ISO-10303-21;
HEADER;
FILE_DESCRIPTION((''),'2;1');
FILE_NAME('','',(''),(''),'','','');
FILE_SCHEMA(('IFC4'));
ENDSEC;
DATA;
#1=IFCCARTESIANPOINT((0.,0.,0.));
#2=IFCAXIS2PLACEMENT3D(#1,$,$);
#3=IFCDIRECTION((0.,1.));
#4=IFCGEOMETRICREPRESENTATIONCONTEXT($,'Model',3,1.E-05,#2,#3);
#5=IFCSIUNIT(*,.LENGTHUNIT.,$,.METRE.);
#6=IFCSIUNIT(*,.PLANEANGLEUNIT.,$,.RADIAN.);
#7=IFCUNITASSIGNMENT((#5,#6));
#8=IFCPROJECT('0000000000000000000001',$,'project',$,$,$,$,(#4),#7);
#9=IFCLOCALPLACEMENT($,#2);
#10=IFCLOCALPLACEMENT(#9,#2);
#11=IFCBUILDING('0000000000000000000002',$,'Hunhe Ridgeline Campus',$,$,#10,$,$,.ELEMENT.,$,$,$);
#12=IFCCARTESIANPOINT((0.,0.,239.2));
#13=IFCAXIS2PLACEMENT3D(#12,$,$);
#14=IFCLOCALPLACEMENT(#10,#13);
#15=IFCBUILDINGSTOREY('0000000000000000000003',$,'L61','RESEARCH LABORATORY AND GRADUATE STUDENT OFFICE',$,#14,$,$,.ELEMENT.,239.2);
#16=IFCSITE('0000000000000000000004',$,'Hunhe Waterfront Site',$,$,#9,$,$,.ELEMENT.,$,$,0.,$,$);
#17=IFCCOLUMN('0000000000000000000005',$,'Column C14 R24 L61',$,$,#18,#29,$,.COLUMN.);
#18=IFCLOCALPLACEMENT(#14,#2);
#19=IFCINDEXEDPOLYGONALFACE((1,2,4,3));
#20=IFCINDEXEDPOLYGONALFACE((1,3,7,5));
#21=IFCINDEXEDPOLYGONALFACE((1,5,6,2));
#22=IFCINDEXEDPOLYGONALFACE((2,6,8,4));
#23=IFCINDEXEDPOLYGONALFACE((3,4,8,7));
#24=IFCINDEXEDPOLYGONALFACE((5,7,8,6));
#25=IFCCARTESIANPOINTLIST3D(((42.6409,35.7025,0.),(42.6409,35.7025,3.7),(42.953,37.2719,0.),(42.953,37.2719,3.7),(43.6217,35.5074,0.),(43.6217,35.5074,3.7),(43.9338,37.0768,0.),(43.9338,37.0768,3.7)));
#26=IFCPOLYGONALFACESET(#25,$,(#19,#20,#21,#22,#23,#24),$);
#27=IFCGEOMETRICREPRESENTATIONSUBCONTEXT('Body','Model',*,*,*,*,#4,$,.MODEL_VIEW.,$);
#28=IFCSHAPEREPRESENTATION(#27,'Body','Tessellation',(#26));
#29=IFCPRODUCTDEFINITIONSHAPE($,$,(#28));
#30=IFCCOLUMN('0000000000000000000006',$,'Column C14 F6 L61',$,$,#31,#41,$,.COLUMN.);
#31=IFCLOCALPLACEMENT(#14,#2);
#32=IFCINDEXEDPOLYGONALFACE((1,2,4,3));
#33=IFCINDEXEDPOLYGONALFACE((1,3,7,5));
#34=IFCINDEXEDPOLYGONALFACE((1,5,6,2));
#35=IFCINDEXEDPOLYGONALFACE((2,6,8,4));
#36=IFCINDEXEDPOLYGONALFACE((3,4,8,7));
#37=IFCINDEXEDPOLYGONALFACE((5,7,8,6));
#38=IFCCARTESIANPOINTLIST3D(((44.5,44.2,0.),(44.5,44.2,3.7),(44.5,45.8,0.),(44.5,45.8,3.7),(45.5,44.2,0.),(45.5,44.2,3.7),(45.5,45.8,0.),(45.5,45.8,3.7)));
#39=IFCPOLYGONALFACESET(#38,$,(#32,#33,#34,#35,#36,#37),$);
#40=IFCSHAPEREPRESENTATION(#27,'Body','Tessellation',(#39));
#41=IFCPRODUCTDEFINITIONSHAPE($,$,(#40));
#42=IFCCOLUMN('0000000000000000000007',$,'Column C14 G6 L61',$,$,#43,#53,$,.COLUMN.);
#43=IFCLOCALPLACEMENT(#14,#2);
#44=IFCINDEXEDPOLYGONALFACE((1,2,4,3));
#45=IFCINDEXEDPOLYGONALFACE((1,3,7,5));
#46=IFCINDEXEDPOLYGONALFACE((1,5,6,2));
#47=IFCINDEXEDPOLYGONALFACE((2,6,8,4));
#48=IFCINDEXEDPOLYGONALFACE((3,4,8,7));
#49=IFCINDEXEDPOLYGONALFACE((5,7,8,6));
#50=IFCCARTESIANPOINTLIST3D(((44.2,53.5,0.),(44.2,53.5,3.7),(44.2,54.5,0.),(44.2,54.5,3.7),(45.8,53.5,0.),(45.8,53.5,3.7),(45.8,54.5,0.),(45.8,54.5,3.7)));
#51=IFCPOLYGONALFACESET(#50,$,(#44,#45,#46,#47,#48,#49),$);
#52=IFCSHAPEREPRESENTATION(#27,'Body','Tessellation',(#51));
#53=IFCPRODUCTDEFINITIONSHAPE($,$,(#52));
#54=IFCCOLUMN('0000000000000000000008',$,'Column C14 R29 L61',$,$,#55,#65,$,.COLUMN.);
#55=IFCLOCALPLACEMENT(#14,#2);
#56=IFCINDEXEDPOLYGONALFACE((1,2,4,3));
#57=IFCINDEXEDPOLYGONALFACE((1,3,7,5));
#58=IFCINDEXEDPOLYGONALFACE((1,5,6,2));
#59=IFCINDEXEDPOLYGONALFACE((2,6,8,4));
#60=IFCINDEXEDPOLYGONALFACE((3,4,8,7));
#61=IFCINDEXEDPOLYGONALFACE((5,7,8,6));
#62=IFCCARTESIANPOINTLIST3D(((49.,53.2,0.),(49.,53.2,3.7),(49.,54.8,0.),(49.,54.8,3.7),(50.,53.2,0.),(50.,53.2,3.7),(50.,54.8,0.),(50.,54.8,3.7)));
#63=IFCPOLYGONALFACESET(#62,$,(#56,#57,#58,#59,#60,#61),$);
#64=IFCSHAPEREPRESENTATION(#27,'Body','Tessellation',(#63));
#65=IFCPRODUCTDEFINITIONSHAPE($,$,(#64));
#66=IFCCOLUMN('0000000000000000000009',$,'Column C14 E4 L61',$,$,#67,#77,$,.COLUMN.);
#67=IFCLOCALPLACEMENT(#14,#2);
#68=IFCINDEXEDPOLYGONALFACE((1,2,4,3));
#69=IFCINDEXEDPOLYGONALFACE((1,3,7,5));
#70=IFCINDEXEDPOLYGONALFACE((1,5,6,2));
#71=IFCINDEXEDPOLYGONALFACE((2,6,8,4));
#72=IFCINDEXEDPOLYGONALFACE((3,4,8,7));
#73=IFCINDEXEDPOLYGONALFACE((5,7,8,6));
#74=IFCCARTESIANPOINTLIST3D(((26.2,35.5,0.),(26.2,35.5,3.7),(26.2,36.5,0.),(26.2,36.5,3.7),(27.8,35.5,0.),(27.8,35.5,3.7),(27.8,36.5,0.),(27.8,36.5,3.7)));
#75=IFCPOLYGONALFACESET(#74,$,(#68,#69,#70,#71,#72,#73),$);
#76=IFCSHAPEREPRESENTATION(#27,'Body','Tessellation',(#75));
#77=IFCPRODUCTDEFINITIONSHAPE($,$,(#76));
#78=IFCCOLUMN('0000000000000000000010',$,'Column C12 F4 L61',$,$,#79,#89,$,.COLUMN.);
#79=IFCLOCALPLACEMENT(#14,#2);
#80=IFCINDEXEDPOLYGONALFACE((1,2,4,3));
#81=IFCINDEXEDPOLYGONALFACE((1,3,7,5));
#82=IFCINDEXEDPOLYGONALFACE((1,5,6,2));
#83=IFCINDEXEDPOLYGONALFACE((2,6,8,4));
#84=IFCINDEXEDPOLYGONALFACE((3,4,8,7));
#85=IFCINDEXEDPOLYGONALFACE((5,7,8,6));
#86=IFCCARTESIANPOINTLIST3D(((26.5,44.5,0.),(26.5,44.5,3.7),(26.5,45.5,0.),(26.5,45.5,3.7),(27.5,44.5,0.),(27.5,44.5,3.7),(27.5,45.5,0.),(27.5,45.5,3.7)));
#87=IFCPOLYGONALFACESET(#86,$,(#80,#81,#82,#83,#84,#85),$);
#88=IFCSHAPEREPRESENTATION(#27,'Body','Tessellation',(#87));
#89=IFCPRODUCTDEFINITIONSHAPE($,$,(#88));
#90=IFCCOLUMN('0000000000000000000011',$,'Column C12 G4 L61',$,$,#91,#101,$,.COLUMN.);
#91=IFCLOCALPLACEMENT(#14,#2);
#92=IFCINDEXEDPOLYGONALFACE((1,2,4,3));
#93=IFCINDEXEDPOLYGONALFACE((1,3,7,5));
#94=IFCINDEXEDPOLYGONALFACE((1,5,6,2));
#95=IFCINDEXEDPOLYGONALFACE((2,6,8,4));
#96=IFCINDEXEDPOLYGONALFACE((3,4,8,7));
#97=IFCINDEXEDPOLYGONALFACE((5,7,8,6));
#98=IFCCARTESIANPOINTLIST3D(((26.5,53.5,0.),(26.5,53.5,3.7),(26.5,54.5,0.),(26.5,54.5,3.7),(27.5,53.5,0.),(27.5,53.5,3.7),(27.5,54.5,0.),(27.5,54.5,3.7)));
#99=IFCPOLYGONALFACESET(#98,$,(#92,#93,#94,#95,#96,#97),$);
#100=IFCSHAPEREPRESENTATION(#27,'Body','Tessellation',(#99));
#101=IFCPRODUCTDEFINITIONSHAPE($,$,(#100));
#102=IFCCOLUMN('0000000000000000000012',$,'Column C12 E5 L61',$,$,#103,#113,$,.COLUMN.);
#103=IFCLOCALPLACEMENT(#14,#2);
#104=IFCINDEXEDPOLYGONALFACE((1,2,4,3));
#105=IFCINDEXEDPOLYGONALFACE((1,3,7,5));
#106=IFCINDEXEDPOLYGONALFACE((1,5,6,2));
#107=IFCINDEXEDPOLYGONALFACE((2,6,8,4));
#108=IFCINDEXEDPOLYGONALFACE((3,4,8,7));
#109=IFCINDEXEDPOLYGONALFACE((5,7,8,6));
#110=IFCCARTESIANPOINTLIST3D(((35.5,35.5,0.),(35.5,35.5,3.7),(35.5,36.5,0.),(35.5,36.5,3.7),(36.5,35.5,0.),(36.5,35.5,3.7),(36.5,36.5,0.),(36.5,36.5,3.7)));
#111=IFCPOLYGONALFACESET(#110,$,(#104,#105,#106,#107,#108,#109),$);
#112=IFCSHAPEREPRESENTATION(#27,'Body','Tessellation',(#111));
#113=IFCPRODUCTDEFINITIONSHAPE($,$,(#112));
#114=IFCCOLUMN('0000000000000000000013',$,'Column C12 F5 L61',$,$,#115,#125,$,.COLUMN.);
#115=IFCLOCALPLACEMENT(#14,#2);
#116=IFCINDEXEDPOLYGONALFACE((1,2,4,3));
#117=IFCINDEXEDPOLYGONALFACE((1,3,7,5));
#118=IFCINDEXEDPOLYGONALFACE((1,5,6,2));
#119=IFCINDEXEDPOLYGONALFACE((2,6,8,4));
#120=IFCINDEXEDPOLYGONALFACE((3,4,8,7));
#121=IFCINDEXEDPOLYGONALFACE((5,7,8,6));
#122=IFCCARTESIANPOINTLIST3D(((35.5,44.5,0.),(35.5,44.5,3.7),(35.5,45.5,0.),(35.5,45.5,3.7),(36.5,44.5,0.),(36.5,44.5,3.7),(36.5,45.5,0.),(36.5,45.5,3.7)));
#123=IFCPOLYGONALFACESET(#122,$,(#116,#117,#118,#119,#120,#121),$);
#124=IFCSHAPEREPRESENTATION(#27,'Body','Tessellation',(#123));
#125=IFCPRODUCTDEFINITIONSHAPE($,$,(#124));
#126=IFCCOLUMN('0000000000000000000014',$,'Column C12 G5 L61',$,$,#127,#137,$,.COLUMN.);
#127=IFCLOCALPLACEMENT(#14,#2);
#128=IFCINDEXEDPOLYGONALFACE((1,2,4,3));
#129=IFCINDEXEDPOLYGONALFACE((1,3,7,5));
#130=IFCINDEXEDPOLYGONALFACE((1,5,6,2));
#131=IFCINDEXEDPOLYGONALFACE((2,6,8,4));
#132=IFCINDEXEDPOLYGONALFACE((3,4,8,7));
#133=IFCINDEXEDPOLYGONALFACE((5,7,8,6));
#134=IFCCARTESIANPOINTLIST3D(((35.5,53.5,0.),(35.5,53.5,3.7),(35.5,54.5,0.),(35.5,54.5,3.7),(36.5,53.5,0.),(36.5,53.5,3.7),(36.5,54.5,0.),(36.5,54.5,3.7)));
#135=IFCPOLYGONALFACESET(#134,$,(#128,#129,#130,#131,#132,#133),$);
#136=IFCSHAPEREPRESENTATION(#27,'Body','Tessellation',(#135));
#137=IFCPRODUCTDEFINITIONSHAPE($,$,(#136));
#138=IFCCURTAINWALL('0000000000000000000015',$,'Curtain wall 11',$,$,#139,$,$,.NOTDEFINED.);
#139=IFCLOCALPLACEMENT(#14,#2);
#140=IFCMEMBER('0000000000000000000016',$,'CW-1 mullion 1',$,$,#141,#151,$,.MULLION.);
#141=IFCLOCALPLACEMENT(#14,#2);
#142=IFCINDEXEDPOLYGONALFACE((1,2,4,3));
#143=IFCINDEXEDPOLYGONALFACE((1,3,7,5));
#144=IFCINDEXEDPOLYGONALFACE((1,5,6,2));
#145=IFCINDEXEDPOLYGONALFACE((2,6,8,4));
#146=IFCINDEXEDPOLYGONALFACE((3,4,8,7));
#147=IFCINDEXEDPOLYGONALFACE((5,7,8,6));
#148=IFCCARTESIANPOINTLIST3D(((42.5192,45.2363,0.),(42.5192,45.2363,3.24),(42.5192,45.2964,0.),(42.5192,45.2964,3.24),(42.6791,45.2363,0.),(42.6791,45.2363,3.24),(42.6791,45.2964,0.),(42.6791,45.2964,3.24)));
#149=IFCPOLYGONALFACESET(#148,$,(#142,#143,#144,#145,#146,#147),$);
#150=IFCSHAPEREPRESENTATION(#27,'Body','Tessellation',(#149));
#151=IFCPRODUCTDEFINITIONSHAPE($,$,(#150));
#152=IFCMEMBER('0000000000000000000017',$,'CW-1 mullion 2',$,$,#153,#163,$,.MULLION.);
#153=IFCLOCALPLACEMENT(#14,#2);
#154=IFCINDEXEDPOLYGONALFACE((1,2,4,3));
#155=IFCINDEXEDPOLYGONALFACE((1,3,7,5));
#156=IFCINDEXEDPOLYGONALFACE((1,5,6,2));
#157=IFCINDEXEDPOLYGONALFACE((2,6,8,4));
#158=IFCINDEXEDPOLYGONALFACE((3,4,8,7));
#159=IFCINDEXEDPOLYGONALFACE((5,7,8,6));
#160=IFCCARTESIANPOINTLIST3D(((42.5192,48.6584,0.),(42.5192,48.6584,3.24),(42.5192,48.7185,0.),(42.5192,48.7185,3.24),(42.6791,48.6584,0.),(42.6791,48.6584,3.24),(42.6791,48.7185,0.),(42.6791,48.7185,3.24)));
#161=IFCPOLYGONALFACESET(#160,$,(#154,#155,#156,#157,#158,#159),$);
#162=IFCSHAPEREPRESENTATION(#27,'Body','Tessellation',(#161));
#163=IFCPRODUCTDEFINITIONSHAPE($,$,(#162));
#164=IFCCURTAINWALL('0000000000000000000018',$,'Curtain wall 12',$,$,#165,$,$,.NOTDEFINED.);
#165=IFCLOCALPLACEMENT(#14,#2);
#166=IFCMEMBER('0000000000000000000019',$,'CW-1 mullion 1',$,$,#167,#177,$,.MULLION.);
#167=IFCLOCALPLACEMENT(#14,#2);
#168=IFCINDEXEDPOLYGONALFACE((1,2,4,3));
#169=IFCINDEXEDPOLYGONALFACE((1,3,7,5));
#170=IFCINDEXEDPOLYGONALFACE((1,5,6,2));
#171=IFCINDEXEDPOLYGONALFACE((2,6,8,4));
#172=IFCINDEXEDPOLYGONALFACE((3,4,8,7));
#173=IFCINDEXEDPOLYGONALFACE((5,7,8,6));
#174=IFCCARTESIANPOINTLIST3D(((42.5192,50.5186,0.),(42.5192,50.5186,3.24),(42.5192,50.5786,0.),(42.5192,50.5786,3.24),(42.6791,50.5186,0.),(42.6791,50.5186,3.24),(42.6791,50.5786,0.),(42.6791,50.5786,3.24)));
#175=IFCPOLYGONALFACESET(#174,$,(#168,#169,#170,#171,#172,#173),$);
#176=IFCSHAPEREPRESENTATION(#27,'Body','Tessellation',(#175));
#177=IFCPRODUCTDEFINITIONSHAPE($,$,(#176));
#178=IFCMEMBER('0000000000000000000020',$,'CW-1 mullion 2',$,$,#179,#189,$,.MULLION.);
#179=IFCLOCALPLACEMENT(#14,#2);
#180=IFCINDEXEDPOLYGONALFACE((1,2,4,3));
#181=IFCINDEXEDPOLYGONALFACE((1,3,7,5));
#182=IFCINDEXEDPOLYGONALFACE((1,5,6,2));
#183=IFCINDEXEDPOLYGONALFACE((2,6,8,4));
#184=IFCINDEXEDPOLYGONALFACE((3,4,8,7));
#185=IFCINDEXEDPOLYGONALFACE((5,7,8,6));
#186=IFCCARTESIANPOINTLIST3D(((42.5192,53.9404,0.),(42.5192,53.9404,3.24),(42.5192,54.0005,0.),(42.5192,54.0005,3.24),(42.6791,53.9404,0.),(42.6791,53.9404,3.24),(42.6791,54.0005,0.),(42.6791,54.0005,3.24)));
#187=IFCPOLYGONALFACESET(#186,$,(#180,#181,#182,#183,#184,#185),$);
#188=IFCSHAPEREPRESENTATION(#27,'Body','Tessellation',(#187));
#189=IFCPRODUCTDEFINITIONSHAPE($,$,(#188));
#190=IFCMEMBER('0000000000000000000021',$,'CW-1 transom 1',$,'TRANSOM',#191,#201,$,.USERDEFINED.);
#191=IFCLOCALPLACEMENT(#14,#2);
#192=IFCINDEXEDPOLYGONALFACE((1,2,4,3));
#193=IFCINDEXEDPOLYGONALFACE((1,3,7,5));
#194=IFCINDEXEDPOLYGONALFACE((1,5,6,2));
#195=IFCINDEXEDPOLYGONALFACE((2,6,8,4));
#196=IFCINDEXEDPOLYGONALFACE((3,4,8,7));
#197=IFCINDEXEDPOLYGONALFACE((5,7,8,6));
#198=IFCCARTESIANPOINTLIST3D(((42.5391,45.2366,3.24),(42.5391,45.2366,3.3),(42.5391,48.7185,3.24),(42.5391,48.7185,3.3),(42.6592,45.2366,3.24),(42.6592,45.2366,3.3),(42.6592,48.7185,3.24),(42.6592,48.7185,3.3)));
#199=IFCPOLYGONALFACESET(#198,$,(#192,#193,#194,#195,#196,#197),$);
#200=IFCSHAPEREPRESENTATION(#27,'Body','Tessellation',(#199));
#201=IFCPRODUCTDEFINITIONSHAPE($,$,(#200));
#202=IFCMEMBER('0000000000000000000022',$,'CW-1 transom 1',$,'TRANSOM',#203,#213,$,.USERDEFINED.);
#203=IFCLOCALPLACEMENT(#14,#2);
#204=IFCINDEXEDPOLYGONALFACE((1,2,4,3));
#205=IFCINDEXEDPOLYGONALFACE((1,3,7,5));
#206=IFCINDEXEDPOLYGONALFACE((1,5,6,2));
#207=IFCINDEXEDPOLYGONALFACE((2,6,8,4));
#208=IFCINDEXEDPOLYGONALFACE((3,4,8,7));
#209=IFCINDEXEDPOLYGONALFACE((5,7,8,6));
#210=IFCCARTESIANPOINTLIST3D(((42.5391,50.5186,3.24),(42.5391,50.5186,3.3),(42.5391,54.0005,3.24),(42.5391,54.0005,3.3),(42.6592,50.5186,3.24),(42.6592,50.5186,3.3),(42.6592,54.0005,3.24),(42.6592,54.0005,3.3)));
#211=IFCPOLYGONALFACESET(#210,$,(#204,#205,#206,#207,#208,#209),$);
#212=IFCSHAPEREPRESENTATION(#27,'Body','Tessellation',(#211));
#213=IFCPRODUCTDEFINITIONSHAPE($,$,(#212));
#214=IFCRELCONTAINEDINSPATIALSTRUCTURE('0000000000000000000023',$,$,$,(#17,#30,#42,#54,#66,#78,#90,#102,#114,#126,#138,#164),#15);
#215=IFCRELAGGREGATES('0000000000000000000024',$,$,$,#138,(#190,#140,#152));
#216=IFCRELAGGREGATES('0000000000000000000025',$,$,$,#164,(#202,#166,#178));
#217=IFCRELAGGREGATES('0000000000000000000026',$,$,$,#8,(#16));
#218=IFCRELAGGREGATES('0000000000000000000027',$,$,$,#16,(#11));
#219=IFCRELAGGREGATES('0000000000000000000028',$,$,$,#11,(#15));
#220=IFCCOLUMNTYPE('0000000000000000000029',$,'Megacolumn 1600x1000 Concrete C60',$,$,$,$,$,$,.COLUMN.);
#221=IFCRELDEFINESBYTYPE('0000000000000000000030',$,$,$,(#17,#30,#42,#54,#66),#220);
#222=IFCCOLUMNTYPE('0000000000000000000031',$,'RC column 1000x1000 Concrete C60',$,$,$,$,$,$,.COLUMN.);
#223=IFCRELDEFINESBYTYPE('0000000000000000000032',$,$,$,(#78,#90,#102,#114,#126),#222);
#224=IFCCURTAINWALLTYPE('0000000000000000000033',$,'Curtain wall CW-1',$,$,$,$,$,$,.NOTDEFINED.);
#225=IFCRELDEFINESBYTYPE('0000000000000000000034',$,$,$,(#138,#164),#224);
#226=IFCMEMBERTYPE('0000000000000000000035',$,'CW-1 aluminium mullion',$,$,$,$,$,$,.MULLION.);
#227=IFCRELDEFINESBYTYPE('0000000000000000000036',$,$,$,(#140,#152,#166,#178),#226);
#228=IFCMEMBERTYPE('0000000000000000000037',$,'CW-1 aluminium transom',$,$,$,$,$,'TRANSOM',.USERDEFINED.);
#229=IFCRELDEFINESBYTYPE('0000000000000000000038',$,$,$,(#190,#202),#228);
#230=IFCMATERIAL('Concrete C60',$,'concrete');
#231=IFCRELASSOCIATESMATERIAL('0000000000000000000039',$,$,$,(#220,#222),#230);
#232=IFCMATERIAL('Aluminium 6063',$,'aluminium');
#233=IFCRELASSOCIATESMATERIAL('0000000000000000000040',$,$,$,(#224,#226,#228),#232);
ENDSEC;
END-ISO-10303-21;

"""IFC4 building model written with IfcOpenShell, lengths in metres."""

from ifc_helpers import new_model, si_unit, direction, frame, origin, origin_2d, place, context, subcontext, project, spatial, rectangle, extrude, material, material_profile, profile_set, type_object, element, aggregate, save


model = new_model("IFC4")

# Units and contexts
model_context = context("Model", 3, precision=1e-05, world=origin(), true_north=direction((0.0, 1.0)))
body_context = subcontext(model_context, "Body", "Model", "MODEL_VIEW")
ifc_project = project(units=[si_unit("LENGTHUNIT", "METRE"), si_unit("PLANEANGLEUNIT", "RADIAN")], contexts=[model_context])

# Site, building, storey
site_placement = place(None, origin())
site = spatial("IfcSite", under=ifc_project, at=site_placement, Name="Hunhe Waterfront Site", CompositionType="ELEMENT", RefElevation=0.0)
building_placement = place(site_placement, origin())
building = spatial("IfcBuilding", under=site, at=building_placement, Name="Hunhe Ridgeline Campus", CompositionType="ELEMENT")
storey_placement = place(building_placement, frame((0.0, 0.0, 239.2)))
storey = spatial("IfcBuildingStorey", under=building, at=storey_placement, Name="L61", Description="RESEARCH LABORATORY AND GRADUATE STUDENT OFFICE", CompositionType="ELEMENT", Elevation=239.2)

# Columns
ifc_material_1 = material(Name="Concrete C60", Category="concrete")
ifc_material_profile_1 = material_profile(ifc_material_1, rectangle(XDim=1.6001, YDim=1.0, at=origin_2d()))
ifc_profile_set_1 = profile_set([ifc_material_profile_1], Name="Concrete C60")
column_type_1 = type_object("IfcColumnType", Name="Megacolumn 1600x1000 Concrete C60", PredefinedType="COLUMN", material=ifc_profile_set_1)
for number, where, z_axis, x_axis, name in (
    (1, (43.2874, 36.3896, 0.0), (0.0, 0.0, 1.0), (0.19509, 0.980785, 0.0), "Column C14 R24 L61"),
    (2, (45.0, 45.0, 0.0), (0.0, 0.0, 1.0), (0.0, 1.0, 0.0), "Column C14 F6 L61"),
    (3, (45.0, 54.0, 0.0), (0.0, 0.0, 1.0), (1.0, 0.0, 0.0), "Column C14 G6 L61"),
    (4, (49.5, 54.0, 0.0), (0.0, 0.0, 1.0), (0.0, 1.0, 0.0), "Column C14 R29 L61"),
    (5, (27.0, 36.0, 0.0), (0.0, 0.0, 1.0), (1.0, 0.0, 0.0), "Column C14 E4 L61"),
):
    element("IfcColumn", number, at=place(storey_placement, frame(where, z_axis=z_axis, x_axis=x_axis)), inside=storey, type_object=column_type_1, Name=name, PredefinedType="COLUMN", context=body_context, shape_type="SweptSolid", body=[
        extrude(rectangle(XDim=1.6001, YDim=1.0, at=origin_2d()), origin(), (0.0, 0.0, 1.0), 3.7),
    ])
ifc_material_profile_2 = material_profile(ifc_material_1, rectangle(XDim=1.0, YDim=1.0, at=origin_2d()))
ifc_profile_set_2 = profile_set([ifc_material_profile_2], Name="Concrete C60")
column_type_2 = type_object("IfcColumnType", Name="RC column 1000x1000 Concrete C60", PredefinedType="COLUMN", material=ifc_profile_set_2)
for number, where, z_axis, x_axis, name in (
    (6, (27.0, 45.0, 0.0), (0.0, 0.0, 1.0), (1.0, 0.0, 0.0), "Column C12 F4 L61"),
    (7, (27.0, 54.0, 0.0), (0.0, 0.0, 1.0), (1.0, 0.0, 0.0), "Column C12 G4 L61"),
    (8, (36.0, 36.0, 0.0), (0.0, 0.0, 1.0), (1.0, 0.0, 0.0), "Column C12 E5 L61"),
    (9, (36.0, 45.0, 0.0), (0.0, 0.0, 1.0), (1.0, 0.0, 0.0), "Column C12 F5 L61"),
    (10, (36.0, 54.0, 0.0), (0.0, 0.0, 1.0), (1.0, 0.0, 0.0), "Column C12 G5 L61"),
):
    element("IfcColumn", number, at=place(storey_placement, frame(where, z_axis=z_axis, x_axis=x_axis)), inside=storey, type_object=column_type_2, Name=name, PredefinedType="COLUMN", context=body_context, shape_type="SweptSolid", body=[
        extrude(rectangle(XDim=1.0, YDim=1.0, at=origin_2d()), origin(), (0.0, 0.0, 1.0), 3.7),
    ])

# Curtain walls, members
ifc_material_2 = material(Name="Aluminium 6063", Category="aluminium")
curtain_wall_type_1 = type_object("IfcCurtainWallType", Name="Curtain wall CW-1", PredefinedType="NOTDEFINED", material=ifc_material_2)
curtain_wall_1_placement = place(storey_placement, origin())
curtain_wall_1 = element("IfcCurtainWall", 11, at=curtain_wall_1_placement, inside=storey, type_object=curtain_wall_type_1, Name="Curtain wall 11", PredefinedType="NOTDEFINED")
ifc_material_profile_3 = material_profile(ifc_material_2, rectangle(XDim=0.1599, YDim=0.0601, at=origin_2d()))
ifc_profile_set_3 = profile_set([ifc_material_profile_3], Name="Aluminium 6063")
member_type_1 = type_object("IfcMemberType", Name="CW-1 aluminium mullion", PredefinedType="MULLION", material=ifc_profile_set_3)
member_1_placement = place(storey_placement, frame((42.5991, 45.2664, 0.0), z_axis=(0.0, 0.0, 1.0), x_axis=(-1.0, 0.000019, 0.0)))
member_1 = element("IfcMember", 12, at=member_1_placement, type_object=member_type_1, Name="CW-1 mullion 1", PredefinedType="MULLION", context=body_context, shape_type="SweptSolid", body=[
    extrude(rectangle(XDim=0.1599, YDim=0.0601, at=origin_2d()), origin(), (0.0, 0.0, 1.0), 3.24),
])
member_2_placement = place(storey_placement, frame((42.5991, 48.6885, 0.0), z_axis=(0.0, 0.0, 1.0), x_axis=(-1.0, 0.000019, 0.0)))
member_2 = element("IfcMember", 13, at=member_2_placement, type_object=member_type_1, Name="CW-1 mullion 2", PredefinedType="MULLION", context=body_context, shape_type="SweptSolid", body=[
    extrude(rectangle(XDim=0.1599, YDim=0.0601, at=origin_2d()), origin(), (0.0, 0.0, 1.0), 3.24),
])
curtain_wall_2_placement = place(storey_placement, origin())
curtain_wall_2 = element("IfcCurtainWall", 14, at=curtain_wall_2_placement, inside=storey, type_object=curtain_wall_type_1, Name="Curtain wall 12", PredefinedType="NOTDEFINED")
member_3_placement = place(storey_placement, frame((42.5991, 50.5486, 0.0), z_axis=(0.0, 0.0, 1.0), x_axis=(-1.0, 0.000019, 0.0)))
member_3 = element("IfcMember", 15, at=member_3_placement, type_object=member_type_1, Name="CW-1 mullion 1", PredefinedType="MULLION", context=body_context, shape_type="SweptSolid", body=[
    extrude(rectangle(XDim=0.1599, YDim=0.0601, at=origin_2d()), origin(), (0.0, 0.0, 1.0), 3.24),
])
member_4_placement = place(storey_placement, frame((42.5991, 53.9705, 0.0), z_axis=(0.0, 0.0, 1.0), x_axis=(-1.0, 0.000019, 0.0)))
member_4 = element("IfcMember", 16, at=member_4_placement, type_object=member_type_1, Name="CW-1 mullion 2", PredefinedType="MULLION", context=body_context, shape_type="SweptSolid", body=[
    extrude(rectangle(XDim=0.1599, YDim=0.0601, at=origin_2d()), origin(), (0.0, 0.0, 1.0), 3.24),
])

# Members
ifc_material_profile_4 = material_profile(ifc_material_2, rectangle(XDim=0.1201, YDim=0.0601, at=origin_2d()))
ifc_profile_set_4 = profile_set([ifc_material_profile_4], Name="Aluminium 6063")
member_type_2 = type_object("IfcMemberType", Name="CW-1 aluminium transom", ElementType="TRANSOM", PredefinedType="USERDEFINED", material=ifc_profile_set_4)
member_5_placement = place(storey_placement, frame((42.5991, 45.2366, 3.27), z_axis=(0.0, 1.0, 0.0), x_axis=(-1.0, 0.0, 0.0)))
member_5 = element("IfcMember", 17, at=member_5_placement, type_object=member_type_2, Name="CW-1 transom 1", ObjectType="TRANSOM", PredefinedType="USERDEFINED", context=body_context, shape_type="SweptSolid", body=[
    extrude(rectangle(XDim=0.1201, YDim=0.0601, at=origin_2d()), origin(), (0.0, 0.0, 1.0), 3.4819),
])
member_6_placement = place(storey_placement, frame((42.5991, 50.5186, 3.27), z_axis=(0.0, 1.0, 0.0), x_axis=(-1.0, 0.0, 0.0)))
member_6 = element("IfcMember", 18, at=member_6_placement, type_object=member_type_2, Name="CW-1 transom 1", ObjectType="TRANSOM", PredefinedType="USERDEFINED", context=body_context, shape_type="SweptSolid", body=[
    extrude(rectangle(XDim=0.1201, YDim=0.0601, at=origin_2d()), origin(), (0.0, 0.0, 1.0), 3.4819),
])

aggregate(curtain_wall_1, [member_5, member_1, member_2])
aggregate(curtain_wall_2, [member_6, member_3, member_4])

save(model, "model.ifc")
